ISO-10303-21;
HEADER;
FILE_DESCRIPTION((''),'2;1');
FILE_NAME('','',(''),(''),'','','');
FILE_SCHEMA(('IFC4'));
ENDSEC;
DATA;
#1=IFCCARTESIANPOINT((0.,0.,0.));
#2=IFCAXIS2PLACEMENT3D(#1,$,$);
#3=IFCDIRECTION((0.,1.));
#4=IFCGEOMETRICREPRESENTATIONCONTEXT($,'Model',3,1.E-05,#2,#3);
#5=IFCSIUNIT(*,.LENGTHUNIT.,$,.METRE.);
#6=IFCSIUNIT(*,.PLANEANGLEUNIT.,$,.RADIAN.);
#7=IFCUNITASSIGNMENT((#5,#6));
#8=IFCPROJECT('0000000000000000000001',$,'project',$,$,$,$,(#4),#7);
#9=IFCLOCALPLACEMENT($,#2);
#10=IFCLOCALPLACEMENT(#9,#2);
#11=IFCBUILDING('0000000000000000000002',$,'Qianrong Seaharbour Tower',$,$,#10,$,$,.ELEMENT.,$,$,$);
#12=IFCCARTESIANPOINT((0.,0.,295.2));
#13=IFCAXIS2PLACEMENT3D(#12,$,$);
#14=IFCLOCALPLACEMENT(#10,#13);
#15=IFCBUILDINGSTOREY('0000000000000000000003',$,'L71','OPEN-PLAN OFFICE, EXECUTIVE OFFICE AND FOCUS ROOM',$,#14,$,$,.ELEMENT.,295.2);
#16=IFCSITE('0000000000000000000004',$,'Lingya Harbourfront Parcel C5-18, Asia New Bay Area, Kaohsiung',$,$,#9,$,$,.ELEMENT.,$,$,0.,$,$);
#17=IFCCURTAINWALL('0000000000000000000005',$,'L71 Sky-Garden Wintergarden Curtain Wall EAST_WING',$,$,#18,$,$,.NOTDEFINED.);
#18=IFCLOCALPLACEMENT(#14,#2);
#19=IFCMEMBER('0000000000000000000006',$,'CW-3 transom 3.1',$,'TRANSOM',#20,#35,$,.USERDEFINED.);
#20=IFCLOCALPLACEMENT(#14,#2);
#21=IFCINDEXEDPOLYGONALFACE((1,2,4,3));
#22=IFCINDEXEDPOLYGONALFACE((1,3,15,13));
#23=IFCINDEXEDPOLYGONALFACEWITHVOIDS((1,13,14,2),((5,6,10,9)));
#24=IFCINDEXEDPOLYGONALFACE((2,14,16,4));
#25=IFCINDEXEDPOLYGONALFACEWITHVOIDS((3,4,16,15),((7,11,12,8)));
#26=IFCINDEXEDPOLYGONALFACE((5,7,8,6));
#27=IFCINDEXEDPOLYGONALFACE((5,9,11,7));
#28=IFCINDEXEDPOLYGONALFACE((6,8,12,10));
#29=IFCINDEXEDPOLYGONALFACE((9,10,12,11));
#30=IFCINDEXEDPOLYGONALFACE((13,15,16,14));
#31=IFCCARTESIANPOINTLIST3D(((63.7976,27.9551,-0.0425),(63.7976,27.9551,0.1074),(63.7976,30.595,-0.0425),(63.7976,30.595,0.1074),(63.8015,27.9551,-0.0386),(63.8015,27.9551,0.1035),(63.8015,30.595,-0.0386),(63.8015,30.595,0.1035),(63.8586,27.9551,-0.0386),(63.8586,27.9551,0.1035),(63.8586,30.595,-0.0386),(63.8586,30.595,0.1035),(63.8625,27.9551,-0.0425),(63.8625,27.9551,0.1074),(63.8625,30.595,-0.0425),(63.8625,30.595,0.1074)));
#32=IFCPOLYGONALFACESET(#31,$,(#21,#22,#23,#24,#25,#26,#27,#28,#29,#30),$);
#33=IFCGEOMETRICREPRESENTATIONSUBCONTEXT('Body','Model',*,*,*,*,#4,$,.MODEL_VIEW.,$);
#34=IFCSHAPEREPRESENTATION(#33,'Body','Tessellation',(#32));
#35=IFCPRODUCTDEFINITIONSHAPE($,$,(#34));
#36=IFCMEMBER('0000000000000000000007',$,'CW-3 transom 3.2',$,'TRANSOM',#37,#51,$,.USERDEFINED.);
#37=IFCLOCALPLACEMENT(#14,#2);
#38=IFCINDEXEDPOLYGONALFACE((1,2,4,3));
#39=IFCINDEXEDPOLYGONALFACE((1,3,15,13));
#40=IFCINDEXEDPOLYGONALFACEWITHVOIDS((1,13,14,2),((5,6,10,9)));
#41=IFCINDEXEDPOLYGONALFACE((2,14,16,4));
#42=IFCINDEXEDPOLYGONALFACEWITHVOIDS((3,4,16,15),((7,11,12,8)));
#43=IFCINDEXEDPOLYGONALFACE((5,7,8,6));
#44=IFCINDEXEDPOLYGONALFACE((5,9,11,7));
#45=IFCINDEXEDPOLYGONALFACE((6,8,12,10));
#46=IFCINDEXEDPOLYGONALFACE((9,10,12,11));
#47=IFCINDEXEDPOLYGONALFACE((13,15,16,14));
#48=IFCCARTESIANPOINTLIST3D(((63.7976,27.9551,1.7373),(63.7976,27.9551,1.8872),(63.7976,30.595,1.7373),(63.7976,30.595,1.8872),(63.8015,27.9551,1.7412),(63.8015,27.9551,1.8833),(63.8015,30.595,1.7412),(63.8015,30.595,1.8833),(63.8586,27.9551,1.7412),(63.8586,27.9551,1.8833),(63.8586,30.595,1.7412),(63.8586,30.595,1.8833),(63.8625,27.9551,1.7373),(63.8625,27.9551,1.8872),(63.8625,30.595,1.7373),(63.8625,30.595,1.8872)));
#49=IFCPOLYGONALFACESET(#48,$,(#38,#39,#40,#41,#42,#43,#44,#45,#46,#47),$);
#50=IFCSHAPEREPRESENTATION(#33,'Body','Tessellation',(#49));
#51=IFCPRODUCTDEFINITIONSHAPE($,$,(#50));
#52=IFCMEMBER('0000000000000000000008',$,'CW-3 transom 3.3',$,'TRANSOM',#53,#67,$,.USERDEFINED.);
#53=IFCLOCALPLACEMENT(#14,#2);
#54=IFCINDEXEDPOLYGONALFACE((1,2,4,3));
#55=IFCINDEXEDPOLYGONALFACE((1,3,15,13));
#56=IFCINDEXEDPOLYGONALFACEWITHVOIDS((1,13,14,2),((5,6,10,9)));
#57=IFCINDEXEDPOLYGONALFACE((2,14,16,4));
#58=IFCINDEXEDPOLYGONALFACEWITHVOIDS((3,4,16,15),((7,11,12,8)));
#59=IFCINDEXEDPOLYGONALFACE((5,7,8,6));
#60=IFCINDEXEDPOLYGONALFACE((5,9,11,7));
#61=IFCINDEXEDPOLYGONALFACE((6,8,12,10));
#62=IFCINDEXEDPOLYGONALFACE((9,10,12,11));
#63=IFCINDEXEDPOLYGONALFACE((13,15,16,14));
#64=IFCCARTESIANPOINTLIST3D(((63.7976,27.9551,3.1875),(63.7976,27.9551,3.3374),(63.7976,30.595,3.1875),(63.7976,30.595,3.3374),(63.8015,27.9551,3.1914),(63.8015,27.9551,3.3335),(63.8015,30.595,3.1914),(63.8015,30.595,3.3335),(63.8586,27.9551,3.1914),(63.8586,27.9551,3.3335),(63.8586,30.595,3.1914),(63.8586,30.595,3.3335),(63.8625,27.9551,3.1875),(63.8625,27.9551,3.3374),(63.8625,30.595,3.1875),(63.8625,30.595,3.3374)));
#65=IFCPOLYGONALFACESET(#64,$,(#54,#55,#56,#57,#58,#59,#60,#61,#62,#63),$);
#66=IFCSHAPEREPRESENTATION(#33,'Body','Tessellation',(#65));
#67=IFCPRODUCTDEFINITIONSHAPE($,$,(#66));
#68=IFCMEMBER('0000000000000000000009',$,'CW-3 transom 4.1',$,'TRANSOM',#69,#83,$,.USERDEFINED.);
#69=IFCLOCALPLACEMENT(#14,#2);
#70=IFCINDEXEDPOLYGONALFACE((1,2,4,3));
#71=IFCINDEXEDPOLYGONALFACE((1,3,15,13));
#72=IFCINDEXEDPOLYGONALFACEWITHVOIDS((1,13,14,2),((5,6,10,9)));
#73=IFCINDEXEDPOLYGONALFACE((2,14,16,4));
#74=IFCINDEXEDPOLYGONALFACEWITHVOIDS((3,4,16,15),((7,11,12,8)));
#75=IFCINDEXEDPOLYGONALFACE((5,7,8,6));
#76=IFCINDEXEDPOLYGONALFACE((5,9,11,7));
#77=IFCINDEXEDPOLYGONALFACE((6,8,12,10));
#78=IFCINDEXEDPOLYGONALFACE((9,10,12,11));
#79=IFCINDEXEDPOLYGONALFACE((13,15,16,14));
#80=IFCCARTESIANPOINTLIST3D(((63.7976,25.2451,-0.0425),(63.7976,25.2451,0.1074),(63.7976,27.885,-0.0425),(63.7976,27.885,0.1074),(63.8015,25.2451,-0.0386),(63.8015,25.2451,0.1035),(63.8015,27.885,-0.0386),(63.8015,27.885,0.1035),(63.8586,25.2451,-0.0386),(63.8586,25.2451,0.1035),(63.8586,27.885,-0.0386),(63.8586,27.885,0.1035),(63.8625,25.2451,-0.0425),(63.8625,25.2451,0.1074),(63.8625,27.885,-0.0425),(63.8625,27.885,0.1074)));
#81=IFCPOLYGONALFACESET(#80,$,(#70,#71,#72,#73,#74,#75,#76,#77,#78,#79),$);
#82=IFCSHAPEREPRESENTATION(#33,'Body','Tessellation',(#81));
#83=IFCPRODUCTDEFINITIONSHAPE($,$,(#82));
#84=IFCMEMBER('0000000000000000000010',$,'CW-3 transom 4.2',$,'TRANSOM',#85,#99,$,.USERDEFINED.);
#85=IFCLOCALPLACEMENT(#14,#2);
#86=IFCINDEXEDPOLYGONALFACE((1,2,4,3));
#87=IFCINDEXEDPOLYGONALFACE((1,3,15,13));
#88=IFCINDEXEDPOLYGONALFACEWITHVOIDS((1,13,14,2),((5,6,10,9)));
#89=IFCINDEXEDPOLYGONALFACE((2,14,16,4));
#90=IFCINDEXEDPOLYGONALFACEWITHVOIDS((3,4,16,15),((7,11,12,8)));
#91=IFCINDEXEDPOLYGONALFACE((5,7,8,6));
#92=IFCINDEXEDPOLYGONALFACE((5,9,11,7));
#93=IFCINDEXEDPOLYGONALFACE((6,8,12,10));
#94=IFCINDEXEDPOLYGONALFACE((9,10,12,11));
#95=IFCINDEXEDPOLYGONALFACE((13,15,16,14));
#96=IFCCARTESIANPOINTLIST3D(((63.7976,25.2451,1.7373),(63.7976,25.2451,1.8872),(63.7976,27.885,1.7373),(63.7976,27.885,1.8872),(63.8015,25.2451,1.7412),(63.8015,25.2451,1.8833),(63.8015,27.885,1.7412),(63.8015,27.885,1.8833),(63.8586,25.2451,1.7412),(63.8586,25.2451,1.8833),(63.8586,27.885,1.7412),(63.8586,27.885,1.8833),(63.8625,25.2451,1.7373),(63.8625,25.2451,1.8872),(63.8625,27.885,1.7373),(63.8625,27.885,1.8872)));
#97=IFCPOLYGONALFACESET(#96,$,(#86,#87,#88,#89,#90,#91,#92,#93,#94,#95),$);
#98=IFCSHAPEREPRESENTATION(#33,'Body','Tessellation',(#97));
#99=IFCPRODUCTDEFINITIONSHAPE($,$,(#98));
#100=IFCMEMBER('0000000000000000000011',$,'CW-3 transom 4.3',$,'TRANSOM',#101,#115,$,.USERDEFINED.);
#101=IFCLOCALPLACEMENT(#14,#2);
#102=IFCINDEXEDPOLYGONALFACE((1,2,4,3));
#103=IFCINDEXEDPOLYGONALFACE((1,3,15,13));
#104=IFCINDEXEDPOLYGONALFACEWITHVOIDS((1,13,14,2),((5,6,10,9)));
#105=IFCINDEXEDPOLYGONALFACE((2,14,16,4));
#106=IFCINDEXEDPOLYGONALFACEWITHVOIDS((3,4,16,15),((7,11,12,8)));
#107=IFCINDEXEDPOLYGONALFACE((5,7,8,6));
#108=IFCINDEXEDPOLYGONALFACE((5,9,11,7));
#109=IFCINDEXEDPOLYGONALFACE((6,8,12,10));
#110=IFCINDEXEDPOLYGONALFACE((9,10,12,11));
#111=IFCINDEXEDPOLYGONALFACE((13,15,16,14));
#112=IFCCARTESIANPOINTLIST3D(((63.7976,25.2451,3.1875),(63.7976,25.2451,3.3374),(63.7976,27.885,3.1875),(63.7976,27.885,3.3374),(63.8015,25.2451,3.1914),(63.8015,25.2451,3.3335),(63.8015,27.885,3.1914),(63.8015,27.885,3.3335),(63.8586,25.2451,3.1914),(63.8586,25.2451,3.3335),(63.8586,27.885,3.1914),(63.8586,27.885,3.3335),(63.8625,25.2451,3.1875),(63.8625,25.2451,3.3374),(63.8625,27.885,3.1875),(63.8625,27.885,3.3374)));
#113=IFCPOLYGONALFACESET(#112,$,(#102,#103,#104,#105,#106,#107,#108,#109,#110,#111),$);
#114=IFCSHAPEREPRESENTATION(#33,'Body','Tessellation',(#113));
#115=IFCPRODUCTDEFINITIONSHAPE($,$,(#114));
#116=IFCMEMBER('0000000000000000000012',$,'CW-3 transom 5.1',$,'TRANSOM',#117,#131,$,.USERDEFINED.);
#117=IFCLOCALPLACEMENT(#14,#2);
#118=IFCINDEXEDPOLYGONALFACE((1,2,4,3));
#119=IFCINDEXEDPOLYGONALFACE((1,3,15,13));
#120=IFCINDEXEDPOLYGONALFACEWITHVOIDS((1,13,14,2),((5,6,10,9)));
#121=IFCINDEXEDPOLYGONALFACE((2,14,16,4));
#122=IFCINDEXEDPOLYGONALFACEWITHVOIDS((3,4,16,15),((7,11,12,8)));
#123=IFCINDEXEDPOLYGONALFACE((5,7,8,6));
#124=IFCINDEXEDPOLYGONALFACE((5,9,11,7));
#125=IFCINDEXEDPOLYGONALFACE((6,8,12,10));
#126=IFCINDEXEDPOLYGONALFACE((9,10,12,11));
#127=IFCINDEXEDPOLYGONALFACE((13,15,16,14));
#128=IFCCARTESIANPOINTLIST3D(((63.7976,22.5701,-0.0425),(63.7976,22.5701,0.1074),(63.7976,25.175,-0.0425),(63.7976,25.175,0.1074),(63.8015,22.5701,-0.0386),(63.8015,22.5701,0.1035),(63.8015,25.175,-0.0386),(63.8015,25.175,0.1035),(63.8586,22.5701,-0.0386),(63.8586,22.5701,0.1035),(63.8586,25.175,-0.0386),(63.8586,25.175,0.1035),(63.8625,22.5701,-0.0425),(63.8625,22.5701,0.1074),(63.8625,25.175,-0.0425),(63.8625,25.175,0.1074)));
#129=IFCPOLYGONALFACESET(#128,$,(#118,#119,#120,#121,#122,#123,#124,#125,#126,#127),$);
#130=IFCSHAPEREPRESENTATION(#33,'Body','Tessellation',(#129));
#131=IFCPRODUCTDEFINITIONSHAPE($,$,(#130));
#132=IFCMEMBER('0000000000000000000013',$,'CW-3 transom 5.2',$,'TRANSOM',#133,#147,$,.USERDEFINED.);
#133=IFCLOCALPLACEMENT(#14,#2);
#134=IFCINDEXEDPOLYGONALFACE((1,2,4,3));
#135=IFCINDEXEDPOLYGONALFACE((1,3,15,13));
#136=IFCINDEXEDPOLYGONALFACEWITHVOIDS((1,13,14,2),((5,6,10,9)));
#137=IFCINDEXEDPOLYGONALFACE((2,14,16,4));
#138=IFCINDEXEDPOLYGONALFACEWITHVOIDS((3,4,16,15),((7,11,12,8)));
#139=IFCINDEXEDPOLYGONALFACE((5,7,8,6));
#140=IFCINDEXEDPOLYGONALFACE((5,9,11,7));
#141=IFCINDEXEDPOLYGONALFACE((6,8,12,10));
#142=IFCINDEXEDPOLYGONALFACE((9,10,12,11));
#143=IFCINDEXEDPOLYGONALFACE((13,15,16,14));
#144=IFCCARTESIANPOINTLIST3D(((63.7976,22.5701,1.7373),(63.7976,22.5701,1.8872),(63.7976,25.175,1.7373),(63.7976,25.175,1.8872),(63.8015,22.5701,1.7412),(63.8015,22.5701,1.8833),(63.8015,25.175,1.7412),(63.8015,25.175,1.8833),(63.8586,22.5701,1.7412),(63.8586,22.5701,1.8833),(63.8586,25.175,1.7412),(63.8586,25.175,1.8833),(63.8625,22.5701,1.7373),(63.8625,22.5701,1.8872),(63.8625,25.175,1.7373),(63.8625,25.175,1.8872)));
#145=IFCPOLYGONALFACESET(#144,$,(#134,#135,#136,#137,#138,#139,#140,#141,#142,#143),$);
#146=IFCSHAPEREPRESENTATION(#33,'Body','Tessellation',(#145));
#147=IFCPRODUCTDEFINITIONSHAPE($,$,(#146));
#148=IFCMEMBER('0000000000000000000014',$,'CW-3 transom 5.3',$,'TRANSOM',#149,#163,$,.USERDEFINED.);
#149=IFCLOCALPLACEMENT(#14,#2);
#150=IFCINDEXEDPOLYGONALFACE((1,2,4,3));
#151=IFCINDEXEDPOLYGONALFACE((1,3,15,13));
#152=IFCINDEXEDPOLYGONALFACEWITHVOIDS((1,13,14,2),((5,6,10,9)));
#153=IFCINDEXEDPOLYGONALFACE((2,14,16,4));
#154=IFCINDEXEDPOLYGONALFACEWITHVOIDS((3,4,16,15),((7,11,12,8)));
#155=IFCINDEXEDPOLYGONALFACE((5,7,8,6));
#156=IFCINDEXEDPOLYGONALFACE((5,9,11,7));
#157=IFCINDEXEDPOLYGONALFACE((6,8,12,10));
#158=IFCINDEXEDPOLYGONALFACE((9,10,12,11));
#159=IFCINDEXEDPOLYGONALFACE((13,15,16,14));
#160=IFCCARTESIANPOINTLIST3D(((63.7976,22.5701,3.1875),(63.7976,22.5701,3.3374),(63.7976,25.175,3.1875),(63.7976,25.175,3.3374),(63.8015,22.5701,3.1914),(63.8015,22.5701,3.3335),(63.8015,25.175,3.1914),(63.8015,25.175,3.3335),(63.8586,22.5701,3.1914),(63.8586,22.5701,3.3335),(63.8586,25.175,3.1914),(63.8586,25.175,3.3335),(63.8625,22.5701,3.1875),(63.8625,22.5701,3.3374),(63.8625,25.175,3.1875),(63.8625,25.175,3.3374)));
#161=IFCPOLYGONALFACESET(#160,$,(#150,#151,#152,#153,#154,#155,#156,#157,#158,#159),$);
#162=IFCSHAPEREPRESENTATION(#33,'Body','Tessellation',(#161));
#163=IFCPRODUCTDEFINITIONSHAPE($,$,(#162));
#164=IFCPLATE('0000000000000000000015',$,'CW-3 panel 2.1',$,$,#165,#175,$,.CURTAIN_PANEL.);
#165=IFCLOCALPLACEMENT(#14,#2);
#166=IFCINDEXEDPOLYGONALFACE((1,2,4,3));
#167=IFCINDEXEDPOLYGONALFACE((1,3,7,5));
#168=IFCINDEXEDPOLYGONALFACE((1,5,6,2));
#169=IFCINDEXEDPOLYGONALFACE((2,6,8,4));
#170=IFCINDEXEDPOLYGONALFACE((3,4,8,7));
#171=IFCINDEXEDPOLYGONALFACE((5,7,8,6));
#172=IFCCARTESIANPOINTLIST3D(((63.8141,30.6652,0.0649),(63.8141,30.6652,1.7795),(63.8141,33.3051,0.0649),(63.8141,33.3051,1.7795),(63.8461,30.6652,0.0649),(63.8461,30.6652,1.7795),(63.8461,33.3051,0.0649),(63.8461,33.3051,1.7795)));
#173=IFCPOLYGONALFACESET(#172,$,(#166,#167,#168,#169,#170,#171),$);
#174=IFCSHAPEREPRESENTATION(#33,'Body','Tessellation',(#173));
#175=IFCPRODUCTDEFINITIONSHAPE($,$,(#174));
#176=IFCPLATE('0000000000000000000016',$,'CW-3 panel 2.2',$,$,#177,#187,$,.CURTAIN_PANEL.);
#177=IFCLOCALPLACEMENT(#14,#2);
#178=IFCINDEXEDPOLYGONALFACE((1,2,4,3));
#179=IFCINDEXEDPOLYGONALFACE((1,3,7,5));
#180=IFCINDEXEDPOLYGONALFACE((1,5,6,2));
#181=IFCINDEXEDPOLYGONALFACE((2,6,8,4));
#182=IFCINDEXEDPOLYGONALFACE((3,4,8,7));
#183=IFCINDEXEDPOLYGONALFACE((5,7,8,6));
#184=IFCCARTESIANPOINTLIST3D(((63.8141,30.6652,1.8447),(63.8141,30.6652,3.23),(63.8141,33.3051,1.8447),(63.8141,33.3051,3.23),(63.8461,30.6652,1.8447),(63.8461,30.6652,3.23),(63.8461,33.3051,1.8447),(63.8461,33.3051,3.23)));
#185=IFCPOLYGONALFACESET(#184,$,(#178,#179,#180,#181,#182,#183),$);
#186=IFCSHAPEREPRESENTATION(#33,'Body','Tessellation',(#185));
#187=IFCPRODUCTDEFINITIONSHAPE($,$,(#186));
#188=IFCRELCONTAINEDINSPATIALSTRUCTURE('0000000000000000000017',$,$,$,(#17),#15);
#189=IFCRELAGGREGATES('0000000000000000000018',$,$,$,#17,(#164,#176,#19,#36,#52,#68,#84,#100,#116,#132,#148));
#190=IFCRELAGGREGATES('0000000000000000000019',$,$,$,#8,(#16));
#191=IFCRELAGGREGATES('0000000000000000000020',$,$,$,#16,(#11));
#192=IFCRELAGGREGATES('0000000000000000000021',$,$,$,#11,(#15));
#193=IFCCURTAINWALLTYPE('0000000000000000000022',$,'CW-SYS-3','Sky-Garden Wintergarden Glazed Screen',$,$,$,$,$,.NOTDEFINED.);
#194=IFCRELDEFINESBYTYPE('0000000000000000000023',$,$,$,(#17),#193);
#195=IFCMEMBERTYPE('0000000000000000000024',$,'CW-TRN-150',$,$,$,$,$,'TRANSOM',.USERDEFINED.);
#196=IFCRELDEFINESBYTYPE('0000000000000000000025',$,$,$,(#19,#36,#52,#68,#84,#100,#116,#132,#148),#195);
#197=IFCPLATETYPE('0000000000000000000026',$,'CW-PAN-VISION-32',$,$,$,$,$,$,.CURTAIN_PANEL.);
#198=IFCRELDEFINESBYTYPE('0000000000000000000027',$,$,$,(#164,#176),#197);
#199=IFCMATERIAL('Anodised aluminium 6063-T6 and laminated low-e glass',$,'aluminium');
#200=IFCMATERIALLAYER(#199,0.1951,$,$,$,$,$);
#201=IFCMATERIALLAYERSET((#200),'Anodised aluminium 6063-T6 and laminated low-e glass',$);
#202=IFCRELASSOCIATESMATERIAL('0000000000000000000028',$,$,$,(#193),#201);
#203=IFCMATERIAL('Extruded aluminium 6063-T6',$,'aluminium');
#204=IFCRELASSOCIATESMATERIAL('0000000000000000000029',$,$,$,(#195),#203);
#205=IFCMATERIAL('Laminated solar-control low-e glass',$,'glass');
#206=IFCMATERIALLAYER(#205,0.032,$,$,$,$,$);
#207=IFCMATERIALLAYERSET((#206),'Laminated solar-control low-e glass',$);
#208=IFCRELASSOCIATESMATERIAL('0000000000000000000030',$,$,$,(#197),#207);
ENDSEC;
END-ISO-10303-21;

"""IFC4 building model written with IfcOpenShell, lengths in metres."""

from ifc_helpers import new_model, si_unit, direction, frame, origin, origin_2d, place, context, subcontext, project, spatial, rectangle, hollow_rectangle, extrude, material, layer, layer_set, material_profile, profile_set, type_object, element, aggregate, save


model = new_model("IFC4")

# Units and contexts
model_context = context("Model", 3, precision=1e-05, world=origin(), true_north=direction((0.0, 1.0)))
body_context = subcontext(model_context, "Body", "Model", "MODEL_VIEW")
ifc_project = project(units=[si_unit("LENGTHUNIT", "METRE"), si_unit("PLANEANGLEUNIT", "RADIAN")], contexts=[model_context])

# Site, building, storey
site_placement = place(None, origin())
site = spatial("IfcSite", under=ifc_project, at=site_placement, Name="Lingya Harbourfront Parcel C5-18, Asia New Bay Area, Kaohsiung", CompositionType="ELEMENT", RefElevation=0.0)
building_placement = place(site_placement, origin())
building = spatial("IfcBuilding", under=site, at=building_placement, Name="Qianrong Seaharbour Tower", CompositionType="ELEMENT")
storey_placement = place(building_placement, frame((0.0, 0.0, 295.2)))
storey = spatial("IfcBuildingStorey", under=building, at=storey_placement, Name="L71", Description="OPEN-PLAN OFFICE, EXECUTIVE OFFICE AND FOCUS ROOM", CompositionType="ELEMENT", Elevation=295.2)

# Curtain wall, members, plates
ifc_material_1 = material(Name="Anodised aluminium 6063-T6 and laminated low-e glass", Category="aluminium")
ifc_layer_1 = layer(ifc_material_1, 0.1951)
ifc_layer_set_1 = layer_set([ifc_layer_1], Name="Anodised aluminium 6063-T6 and laminated low-e glass")
curtain_wall_type = type_object("IfcCurtainWallType", Name="CW-SYS-3", Description="Sky-Garden Wintergarden Glazed Screen", PredefinedType="NOTDEFINED", material=ifc_layer_set_1)
curtain_wall_placement = place(storey_placement, origin())
curtain_wall = element("IfcCurtainWall", 1, at=curtain_wall_placement, inside=storey, type_object=curtain_wall_type, Name="L71 Sky-Garden Wintergarden Curtain Wall EAST_WING", PredefinedType="NOTDEFINED")
ifc_material_2 = material(Name="Extruded aluminium 6063-T6", Category="aluminium")
ifc_material_profile_1 = material_profile(ifc_material_2, hollow_rectangle(XDim=0.0649, YDim=0.1499, WallThickness=0.0039, at=origin_2d()), Name="ALU-TRN-150x65x4")
ifc_profile_set_1 = profile_set([ifc_material_profile_1], Name="Extruded aluminium 6063-T6")
member_type_1 = type_object("IfcMemberType", Name="CW-TRN-150", ElementType="TRANSOM", PredefinedType="USERDEFINED", material=ifc_profile_set_1)
member_1_placement = place(storey_placement, frame((63.8301, 30.595, 0.0325), z_axis=(0.0, -1.0, 0.0), x_axis=(1.0, 0.0, 0.0)))
member_1 = element("IfcMember", 2, at=member_1_placement, type_object=member_type_1, Name="CW-3 transom 3.1", ObjectType="TRANSOM", PredefinedType="USERDEFINED", context=body_context, shape_type="SweptSolid", body=[
    extrude(hollow_rectangle(XDim=0.0649, YDim=0.1499, WallThickness=0.0039, at=origin_2d()), origin(), (0.0, 0.0, 1.0), 2.6399),
])
member_2_placement = place(storey_placement, frame((63.8301, 30.595, 1.8123), z_axis=(0.0, -1.0, 0.0), x_axis=(1.0, 0.0, 0.0)))
member_2 = element("IfcMember", 3, at=member_2_placement, type_object=member_type_1, Name="CW-3 transom 3.2", ObjectType="TRANSOM", PredefinedType="USERDEFINED", context=body_context, shape_type="SweptSolid", body=[
    extrude(hollow_rectangle(XDim=0.0649, YDim=0.1499, WallThickness=0.0039, at=origin_2d()), origin(), (0.0, 0.0, 1.0), 2.6399),
])
member_3_placement = place(storey_placement, frame((63.8301, 30.595, 3.2625), z_axis=(0.0, -1.0, 0.0), x_axis=(1.0, 0.0, 0.0)))
member_3 = element("IfcMember", 4, at=member_3_placement, type_object=member_type_1, Name="CW-3 transom 3.3", ObjectType="TRANSOM", PredefinedType="USERDEFINED", context=body_context, shape_type="SweptSolid", body=[
    extrude(hollow_rectangle(XDim=0.0649, YDim=0.1499, WallThickness=0.0039, at=origin_2d()), origin(), (0.0, 0.0, 1.0), 2.6399),
])
member_4_placement = place(storey_placement, frame((63.8301, 27.885, 0.0325), z_axis=(0.0, -1.0, 0.0), x_axis=(1.0, 0.0, 0.0)))
member_4 = element("IfcMember", 5, at=member_4_placement, type_object=member_type_1, Name="CW-3 transom 4.1", ObjectType="TRANSOM", PredefinedType="USERDEFINED", context=body_context, shape_type="SweptSolid", body=[
    extrude(hollow_rectangle(XDim=0.0649, YDim=0.1499, WallThickness=0.0039, at=origin_2d()), origin(), (0.0, 0.0, 1.0), 2.6399),
])
member_5_placement = place(storey_placement, frame((63.8301, 27.885, 1.8123), z_axis=(0.0, -1.0, 0.0), x_axis=(1.0, 0.0, 0.0)))
member_5 = element("IfcMember", 6, at=member_5_placement, type_object=member_type_1, Name="CW-3 transom 4.2", ObjectType="TRANSOM", PredefinedType="USERDEFINED", context=body_context, shape_type="SweptSolid", body=[
    extrude(hollow_rectangle(XDim=0.0649, YDim=0.1499, WallThickness=0.0039, at=origin_2d()), origin(), (0.0, 0.0, 1.0), 2.6399),
])
member_6_placement = place(storey_placement, frame((63.8301, 27.885, 3.2625), z_axis=(0.0, -1.0, 0.0), x_axis=(1.0, 0.0, 0.0)))
member_6 = element("IfcMember", 7, at=member_6_placement, type_object=member_type_1, Name="CW-3 transom 4.3", ObjectType="TRANSOM", PredefinedType="USERDEFINED", context=body_context, shape_type="SweptSolid", body=[
    extrude(hollow_rectangle(XDim=0.0649, YDim=0.1499, WallThickness=0.0039, at=origin_2d()), origin(), (0.0, 0.0, 1.0), 2.6399),
])
member_7_placement = place(storey_placement, frame((63.8301, 25.175, 0.0325), z_axis=(0.0, -1.0, 0.0), x_axis=(1.0, 0.0, 0.0)))
member_7 = element("IfcMember", 8, at=member_7_placement, type_object=member_type_1, Name="CW-3 transom 5.1", ObjectType="TRANSOM", PredefinedType="USERDEFINED", context=body_context, shape_type="SweptSolid", body=[
    extrude(hollow_rectangle(XDim=0.0649, YDim=0.1499, WallThickness=0.0039, at=origin_2d()), origin(), (0.0, 0.0, 1.0), 2.605),
])
member_8_placement = place(storey_placement, frame((63.8301, 25.175, 1.8123), z_axis=(0.0, -1.0, 0.0), x_axis=(1.0, 0.0, 0.0)))
member_8 = element("IfcMember", 9, at=member_8_placement, type_object=member_type_1, Name="CW-3 transom 5.2", ObjectType="TRANSOM", PredefinedType="USERDEFINED", context=body_context, shape_type="SweptSolid", body=[
    extrude(hollow_rectangle(XDim=0.0649, YDim=0.1499, WallThickness=0.0039, at=origin_2d()), origin(), (0.0, 0.0, 1.0), 2.605),
])
member_9_placement = place(storey_placement, frame((63.8301, 25.175, 3.2625), z_axis=(0.0, -1.0, 0.0), x_axis=(1.0, 0.0, 0.0)))
member_9 = element("IfcMember", 10, at=member_9_placement, type_object=member_type_1, Name="CW-3 transom 5.3", ObjectType="TRANSOM", PredefinedType="USERDEFINED", context=body_context, shape_type="SweptSolid", body=[
    extrude(hollow_rectangle(XDim=0.0649, YDim=0.1499, WallThickness=0.0039, at=origin_2d()), origin(), (0.0, 0.0, 1.0), 2.605),
])
ifc_material_3 = material(Name="Laminated solar-control low-e glass", Category="glass")
ifc_layer_2 = layer(ifc_material_3, 0.032)
ifc_layer_set_2 = layer_set([ifc_layer_2], Name="Laminated solar-control low-e glass")
plate_type = type_object("IfcPlateType", Name="CW-PAN-VISION-32", PredefinedType="CURTAIN_PANEL", material=ifc_layer_set_2)
plate_1_placement = place(storey_placement, frame((63.8301, 31.9851, 0.0649), z_axis=(0.0, 0.0, 1.0), x_axis=(0.0, -1.0, 0.0)))
plate_1 = element("IfcPlate", 11, at=plate_1_placement, type_object=plate_type, Name="CW-3 panel 2.1", PredefinedType="CURTAIN_PANEL", context=body_context, shape_type="SweptSolid", body=[
    extrude(rectangle(XDim=2.6399, YDim=0.032, at=origin_2d()), origin(), (0.0, 0.0, 1.0), 1.7146),
])
plate_2_placement = place(storey_placement, frame((63.8301, 31.9851, 1.8447), z_axis=(0.0, 0.0, 1.0), x_axis=(0.0, -1.0, 0.0)))
plate_2 = element("IfcPlate", 12, at=plate_2_placement, type_object=plate_type, Name="CW-3 panel 2.2", PredefinedType="CURTAIN_PANEL", context=body_context, shape_type="SweptSolid", body=[
    extrude(rectangle(XDim=2.6399, YDim=0.032, at=origin_2d()), origin(), (0.0, 0.0, 1.0), 1.3853),
])
aggregate(curtain_wall, [plate_1, plate_2, member_1, member_2, member_3, member_4, member_5, member_6, member_7, member_8, member_9])

save(model, "model.ifc")
